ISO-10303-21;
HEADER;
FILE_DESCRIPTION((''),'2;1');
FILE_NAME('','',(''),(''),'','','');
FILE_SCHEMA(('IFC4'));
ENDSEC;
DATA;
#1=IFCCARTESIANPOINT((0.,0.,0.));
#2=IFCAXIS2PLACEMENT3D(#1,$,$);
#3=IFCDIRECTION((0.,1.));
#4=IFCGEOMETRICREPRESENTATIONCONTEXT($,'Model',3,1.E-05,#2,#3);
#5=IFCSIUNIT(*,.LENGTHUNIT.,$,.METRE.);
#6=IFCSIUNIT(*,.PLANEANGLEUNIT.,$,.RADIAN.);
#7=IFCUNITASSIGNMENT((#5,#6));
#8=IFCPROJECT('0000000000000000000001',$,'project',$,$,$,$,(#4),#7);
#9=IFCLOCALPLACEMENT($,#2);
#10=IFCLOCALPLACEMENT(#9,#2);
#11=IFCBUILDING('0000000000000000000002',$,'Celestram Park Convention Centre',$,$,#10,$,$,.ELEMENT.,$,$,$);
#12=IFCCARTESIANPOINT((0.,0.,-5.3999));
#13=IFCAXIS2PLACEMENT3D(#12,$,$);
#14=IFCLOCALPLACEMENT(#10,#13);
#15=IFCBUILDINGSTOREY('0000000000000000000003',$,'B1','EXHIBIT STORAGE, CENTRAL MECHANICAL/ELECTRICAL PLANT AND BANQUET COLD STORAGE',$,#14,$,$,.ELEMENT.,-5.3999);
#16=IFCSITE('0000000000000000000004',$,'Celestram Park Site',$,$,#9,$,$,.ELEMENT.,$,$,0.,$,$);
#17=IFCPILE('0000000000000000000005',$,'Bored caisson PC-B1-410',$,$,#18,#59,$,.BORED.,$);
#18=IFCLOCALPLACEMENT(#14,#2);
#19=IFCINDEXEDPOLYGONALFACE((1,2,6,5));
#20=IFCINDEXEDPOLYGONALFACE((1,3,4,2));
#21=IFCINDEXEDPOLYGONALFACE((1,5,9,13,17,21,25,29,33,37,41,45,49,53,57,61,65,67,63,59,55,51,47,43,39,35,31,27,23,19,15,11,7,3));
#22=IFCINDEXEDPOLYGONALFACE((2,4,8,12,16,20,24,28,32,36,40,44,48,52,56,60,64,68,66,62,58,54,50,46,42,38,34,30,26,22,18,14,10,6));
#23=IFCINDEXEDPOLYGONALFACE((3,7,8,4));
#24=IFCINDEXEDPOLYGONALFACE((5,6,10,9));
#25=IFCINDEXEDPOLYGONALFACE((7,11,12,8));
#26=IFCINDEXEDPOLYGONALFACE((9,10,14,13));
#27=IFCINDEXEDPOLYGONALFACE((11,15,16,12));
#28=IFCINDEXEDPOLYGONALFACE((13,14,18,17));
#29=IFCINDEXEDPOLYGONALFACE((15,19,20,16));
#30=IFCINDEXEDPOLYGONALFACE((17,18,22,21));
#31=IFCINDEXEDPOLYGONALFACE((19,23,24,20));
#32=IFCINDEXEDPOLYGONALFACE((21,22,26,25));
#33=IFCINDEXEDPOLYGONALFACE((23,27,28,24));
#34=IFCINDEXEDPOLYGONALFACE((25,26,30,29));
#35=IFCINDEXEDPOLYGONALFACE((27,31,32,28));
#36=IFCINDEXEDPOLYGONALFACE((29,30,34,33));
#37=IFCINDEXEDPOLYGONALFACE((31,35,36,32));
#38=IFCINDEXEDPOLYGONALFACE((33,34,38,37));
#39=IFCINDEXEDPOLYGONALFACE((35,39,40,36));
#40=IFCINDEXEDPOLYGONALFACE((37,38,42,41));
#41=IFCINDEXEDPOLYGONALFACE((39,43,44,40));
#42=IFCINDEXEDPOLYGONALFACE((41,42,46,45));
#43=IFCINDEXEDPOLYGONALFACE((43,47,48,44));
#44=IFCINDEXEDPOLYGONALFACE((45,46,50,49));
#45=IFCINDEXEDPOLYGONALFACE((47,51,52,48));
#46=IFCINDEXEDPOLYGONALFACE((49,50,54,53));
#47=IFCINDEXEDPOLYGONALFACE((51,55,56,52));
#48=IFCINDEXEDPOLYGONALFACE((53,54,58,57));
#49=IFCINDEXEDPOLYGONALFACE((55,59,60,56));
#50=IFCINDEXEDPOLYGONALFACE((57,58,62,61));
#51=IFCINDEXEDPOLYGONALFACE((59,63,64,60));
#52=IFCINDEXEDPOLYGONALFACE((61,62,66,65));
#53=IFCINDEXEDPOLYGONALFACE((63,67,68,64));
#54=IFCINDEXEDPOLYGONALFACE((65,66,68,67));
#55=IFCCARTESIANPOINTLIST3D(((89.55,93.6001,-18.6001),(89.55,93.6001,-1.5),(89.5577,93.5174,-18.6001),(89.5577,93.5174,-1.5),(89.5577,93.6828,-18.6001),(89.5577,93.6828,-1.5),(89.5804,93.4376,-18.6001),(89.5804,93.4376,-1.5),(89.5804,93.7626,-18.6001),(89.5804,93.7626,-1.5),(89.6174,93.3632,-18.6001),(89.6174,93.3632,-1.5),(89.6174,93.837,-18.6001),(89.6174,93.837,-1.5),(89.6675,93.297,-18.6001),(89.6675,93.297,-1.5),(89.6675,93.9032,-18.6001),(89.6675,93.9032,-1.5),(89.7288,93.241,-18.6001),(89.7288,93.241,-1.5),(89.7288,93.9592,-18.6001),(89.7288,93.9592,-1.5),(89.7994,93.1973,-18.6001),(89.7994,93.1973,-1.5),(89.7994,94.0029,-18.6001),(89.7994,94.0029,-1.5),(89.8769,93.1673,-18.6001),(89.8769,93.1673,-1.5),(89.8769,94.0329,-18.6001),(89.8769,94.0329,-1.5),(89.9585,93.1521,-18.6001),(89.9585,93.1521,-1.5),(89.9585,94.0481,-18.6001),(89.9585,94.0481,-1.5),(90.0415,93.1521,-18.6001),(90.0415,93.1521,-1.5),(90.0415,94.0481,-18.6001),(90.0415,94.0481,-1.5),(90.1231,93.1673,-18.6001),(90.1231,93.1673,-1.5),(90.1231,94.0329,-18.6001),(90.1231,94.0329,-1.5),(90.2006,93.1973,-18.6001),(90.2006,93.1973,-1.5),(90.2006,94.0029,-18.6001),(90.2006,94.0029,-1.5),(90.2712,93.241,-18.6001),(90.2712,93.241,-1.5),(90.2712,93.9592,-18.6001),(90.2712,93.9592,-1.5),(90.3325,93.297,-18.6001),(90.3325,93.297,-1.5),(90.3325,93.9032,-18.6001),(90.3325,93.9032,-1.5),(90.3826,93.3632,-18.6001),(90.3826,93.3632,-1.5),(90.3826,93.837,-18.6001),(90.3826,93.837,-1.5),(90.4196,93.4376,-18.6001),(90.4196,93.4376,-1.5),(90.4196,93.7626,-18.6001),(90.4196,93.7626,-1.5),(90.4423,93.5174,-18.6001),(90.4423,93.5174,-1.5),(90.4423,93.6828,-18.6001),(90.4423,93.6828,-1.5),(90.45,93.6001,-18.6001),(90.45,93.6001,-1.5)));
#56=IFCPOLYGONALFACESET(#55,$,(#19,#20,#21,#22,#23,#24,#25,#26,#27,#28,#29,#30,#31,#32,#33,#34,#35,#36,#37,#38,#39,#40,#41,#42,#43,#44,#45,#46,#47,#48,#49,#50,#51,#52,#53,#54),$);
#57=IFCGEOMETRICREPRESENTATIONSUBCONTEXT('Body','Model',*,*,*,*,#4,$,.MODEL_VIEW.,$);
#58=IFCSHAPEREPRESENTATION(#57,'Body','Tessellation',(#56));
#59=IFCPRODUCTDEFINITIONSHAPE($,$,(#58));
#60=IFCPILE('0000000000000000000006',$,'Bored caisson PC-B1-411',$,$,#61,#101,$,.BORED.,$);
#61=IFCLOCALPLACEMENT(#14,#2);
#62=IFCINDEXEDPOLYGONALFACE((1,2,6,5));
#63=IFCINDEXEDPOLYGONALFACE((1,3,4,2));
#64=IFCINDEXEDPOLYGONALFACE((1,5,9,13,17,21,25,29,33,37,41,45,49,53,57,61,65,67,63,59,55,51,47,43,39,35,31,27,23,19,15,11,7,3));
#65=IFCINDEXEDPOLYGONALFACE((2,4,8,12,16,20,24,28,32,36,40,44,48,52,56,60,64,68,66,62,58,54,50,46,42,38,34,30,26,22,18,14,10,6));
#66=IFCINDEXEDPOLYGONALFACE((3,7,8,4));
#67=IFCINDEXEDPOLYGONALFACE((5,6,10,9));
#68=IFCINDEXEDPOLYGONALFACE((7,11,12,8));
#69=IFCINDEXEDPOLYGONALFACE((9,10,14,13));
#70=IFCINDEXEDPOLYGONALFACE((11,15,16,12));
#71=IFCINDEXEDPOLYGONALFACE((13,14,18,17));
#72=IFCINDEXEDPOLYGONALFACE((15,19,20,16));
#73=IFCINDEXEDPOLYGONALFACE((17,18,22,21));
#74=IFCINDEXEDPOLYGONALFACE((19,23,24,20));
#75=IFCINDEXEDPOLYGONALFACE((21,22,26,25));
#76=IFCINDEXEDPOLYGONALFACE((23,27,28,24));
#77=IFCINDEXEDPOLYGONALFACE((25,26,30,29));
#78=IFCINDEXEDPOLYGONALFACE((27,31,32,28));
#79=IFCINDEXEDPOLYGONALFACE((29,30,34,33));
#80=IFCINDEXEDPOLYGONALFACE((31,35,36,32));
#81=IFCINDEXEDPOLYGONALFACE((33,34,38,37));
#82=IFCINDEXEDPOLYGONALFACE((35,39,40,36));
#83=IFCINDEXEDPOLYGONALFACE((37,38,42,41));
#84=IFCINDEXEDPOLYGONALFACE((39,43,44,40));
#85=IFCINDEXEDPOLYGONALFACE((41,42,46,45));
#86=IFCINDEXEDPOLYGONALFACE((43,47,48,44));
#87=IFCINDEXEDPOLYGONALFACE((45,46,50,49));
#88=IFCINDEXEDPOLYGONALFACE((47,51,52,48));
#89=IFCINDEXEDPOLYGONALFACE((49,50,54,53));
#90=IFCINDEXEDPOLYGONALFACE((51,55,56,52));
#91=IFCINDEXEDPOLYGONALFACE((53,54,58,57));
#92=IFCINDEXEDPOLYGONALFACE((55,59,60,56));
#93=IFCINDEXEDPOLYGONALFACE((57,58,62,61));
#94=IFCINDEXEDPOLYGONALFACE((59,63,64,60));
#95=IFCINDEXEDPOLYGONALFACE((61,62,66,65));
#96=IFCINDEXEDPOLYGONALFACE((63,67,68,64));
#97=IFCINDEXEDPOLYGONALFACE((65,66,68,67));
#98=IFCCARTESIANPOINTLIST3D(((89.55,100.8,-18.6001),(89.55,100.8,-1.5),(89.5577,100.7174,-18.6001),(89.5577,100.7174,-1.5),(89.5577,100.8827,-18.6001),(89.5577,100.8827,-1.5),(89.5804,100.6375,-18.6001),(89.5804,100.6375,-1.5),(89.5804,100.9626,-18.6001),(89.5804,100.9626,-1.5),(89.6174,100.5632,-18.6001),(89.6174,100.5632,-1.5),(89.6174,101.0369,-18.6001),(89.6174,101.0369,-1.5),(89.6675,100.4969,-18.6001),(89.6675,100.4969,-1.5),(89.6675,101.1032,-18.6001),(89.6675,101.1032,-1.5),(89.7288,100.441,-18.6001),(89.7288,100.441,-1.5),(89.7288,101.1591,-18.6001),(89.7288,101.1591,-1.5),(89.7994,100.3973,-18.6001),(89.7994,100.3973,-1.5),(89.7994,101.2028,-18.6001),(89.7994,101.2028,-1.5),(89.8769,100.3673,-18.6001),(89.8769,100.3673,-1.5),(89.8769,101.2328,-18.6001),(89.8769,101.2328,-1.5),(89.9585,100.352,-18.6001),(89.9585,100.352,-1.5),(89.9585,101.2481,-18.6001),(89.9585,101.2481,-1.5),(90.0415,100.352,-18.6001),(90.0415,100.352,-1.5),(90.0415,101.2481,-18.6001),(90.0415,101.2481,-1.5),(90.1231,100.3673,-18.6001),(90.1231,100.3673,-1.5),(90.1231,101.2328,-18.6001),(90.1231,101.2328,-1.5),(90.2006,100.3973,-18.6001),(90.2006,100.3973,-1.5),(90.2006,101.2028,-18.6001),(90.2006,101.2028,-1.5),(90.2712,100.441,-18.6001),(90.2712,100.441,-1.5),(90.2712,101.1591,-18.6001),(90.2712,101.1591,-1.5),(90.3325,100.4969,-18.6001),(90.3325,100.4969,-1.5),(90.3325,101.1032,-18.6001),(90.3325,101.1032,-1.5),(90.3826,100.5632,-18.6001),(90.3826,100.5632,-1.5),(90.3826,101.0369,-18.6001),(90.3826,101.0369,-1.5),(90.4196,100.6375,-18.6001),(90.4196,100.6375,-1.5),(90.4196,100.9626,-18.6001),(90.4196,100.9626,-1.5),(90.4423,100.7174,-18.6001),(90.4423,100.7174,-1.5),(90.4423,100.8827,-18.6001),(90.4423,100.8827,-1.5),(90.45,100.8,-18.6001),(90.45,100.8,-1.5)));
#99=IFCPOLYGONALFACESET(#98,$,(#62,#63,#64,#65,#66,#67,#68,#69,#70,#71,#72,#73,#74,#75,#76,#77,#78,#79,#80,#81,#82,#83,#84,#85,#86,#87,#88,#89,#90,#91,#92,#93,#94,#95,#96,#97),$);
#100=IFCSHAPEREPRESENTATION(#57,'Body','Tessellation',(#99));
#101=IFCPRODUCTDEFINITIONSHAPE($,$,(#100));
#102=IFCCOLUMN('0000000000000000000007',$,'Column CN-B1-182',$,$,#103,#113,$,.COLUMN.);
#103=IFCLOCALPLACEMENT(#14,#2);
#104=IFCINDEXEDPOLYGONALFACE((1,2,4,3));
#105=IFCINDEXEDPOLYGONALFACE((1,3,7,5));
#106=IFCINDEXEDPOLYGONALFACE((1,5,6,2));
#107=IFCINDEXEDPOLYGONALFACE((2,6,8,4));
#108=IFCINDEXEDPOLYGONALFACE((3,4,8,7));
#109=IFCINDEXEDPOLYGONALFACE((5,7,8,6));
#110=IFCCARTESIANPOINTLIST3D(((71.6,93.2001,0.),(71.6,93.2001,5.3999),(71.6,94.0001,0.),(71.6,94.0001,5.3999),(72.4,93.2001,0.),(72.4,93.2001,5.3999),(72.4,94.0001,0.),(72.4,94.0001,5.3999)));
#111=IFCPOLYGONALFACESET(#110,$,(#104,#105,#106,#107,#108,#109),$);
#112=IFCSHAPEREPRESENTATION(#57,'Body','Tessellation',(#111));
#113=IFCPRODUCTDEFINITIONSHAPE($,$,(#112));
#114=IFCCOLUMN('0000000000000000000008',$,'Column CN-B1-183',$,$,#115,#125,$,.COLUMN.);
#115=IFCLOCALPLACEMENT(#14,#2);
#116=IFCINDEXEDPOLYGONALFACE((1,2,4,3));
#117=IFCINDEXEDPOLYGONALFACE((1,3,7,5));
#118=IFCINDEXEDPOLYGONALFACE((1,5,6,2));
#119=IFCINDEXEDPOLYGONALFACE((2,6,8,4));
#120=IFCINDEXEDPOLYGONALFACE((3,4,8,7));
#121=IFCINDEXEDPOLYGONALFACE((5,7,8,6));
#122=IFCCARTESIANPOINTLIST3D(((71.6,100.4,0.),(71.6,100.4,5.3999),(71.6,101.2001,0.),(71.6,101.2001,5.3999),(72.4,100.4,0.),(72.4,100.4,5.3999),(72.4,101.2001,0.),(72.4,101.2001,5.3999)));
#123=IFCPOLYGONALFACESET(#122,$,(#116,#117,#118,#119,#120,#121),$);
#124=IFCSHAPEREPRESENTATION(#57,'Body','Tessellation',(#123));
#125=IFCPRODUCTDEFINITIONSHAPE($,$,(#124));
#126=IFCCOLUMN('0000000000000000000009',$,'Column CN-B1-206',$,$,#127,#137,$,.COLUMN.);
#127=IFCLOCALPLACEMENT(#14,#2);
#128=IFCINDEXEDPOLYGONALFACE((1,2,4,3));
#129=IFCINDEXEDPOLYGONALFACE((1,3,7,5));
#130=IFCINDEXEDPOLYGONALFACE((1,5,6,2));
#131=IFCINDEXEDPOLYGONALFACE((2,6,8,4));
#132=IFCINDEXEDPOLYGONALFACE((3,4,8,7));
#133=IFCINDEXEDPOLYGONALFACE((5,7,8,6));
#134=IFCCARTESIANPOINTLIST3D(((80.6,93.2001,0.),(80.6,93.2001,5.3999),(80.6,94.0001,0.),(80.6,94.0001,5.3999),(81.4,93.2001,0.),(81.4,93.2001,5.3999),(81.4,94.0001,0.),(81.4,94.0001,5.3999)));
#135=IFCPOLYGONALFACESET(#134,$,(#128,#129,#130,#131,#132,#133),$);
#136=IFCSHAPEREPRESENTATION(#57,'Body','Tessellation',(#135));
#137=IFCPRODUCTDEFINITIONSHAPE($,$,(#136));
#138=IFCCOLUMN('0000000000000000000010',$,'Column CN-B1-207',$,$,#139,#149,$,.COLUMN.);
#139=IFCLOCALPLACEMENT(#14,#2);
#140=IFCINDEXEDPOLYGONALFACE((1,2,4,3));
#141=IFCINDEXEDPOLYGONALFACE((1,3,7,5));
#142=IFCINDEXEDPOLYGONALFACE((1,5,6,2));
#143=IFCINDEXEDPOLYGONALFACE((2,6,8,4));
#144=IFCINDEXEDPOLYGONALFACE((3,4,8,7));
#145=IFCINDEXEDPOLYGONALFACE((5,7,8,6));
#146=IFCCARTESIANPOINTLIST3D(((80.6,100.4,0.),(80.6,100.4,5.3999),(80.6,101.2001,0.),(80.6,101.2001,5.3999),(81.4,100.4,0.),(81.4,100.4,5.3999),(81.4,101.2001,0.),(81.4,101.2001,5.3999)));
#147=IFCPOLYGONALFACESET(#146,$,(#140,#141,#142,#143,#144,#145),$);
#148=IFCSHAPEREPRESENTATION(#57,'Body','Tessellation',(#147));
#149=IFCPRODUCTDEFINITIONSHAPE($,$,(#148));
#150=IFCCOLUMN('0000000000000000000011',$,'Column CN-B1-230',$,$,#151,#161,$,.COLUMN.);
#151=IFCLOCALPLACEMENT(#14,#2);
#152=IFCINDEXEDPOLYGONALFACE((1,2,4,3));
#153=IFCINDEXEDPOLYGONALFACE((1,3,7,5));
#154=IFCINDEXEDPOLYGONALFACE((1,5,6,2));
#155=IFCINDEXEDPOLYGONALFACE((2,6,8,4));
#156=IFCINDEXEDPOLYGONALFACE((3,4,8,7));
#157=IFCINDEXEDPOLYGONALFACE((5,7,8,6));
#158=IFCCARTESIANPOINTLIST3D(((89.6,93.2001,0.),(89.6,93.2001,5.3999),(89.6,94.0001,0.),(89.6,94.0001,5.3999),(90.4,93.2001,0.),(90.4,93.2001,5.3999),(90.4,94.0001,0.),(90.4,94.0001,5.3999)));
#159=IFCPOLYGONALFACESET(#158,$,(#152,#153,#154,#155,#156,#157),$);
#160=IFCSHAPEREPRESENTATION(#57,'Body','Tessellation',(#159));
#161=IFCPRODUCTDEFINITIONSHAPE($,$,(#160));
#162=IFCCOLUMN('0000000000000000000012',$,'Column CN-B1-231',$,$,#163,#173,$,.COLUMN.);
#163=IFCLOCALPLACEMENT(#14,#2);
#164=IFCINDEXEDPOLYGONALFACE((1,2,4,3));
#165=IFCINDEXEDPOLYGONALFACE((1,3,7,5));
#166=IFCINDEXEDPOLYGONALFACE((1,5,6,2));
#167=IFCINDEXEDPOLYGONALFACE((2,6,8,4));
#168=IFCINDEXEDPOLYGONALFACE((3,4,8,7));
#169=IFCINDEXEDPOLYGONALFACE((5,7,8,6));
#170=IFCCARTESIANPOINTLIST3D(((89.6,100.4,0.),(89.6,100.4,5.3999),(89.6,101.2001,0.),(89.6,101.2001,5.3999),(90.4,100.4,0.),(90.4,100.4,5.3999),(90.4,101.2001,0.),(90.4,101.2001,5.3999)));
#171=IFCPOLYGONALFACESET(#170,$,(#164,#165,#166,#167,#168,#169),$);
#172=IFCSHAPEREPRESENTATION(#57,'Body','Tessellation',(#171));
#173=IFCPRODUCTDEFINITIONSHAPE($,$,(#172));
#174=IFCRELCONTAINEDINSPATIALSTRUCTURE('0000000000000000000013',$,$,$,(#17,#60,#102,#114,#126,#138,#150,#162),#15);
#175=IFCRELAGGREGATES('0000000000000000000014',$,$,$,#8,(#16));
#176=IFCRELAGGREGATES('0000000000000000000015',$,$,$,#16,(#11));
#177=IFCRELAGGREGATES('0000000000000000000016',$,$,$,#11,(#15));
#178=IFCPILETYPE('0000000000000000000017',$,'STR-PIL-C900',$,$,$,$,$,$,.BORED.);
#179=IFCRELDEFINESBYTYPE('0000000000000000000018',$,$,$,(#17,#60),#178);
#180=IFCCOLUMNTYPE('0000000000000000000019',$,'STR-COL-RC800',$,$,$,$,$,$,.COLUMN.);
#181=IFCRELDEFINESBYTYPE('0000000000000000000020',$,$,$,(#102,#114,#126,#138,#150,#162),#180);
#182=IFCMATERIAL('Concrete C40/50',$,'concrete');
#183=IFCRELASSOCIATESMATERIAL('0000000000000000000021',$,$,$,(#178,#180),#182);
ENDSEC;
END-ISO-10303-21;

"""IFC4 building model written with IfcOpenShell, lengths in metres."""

from ifc_helpers import new_model, si_unit, direction, frame, origin, origin_2d, place, context, subcontext, project, spatial, rectangle, circle, extrude, material, material_profile, profile_set, type_object, element, save


model = new_model("IFC4")

# Units and contexts
model_context = context("Model", 3, precision=1e-05, world=origin(), true_north=direction((0.0, 1.0)))
body_context = subcontext(model_context, "Body", "Model", "MODEL_VIEW")
ifc_project = project(units=[si_unit("LENGTHUNIT", "METRE"), si_unit("PLANEANGLEUNIT", "RADIAN")], contexts=[model_context])

# Site, building, storey
site_placement = place(None, origin())
site = spatial("IfcSite", under=ifc_project, at=site_placement, Name="Celestram Park Site", CompositionType="ELEMENT", RefElevation=0.0)
building_placement = place(site_placement, origin())
building = spatial("IfcBuilding", under=site, at=building_placement, Name="Celestram Park Convention Centre", CompositionType="ELEMENT")
storey_placement = place(building_placement, frame((0.0, 0.0, -5.3999)))
storey = spatial("IfcBuildingStorey", under=building, at=storey_placement, Name="B1", Description="EXHIBIT STORAGE, CENTRAL MECHANICAL/ELECTRICAL PLANT AND BANQUET COLD STORAGE", CompositionType="ELEMENT", Elevation=-5.3999)

# Shared definitions
ifc_material_1 = material(Name="Concrete C40/50", Category="concrete")

# Piles
ifc_material_profile_1 = material_profile(ifc_material_1, circle(Radius=0.45, at=origin_2d()), Name="CAISSON900")
ifc_profile_set_1 = profile_set([ifc_material_profile_1], Name="Concrete C40/50")
pile_type_1 = type_object("IfcPileType", Name="STR-PIL-C900", PredefinedType="BORED", material=ifc_profile_set_1)
for number, where, z_axis, x_axis, name in (
    (1, (90.0, 93.6001, -1.5), (0.0, 0.0, -1.0), (1.0, 0.0, 0.0), "Bored caisson PC-B1-410"),
    (2, (90.0, 100.8, -1.5), (0.0, 0.0, -1.0), (1.0, 0.0, 0.0), "Bored caisson PC-B1-411"),
):
    element("IfcPile", number, at=place(storey_placement, frame(where, z_axis=z_axis, x_axis=x_axis)), inside=storey, type_object=pile_type_1, Name=name, PredefinedType="BORED", context=body_context, shape_type="SweptSolid", body=[
        extrude(circle(Radius=0.45, at=origin_2d()), origin(), (0.0, 0.0, 1.0), 17.1001),
    ])

# Columns
ifc_material_profile_2 = material_profile(ifc_material_1, rectangle(XDim=0.8, YDim=0.8, at=origin_2d()), Name="RC800X800")
ifc_profile_set_2 = profile_set([ifc_material_profile_2], Name="Concrete C40/50")
column_type = type_object("IfcColumnType", Name="STR-COL-RC800", PredefinedType="COLUMN", material=ifc_profile_set_2)
for number, where, z_axis, x_axis, name in (
    (3, (72.0, 93.6001, 0.0), (0.0, 0.0, 1.0), (1.0, 0.0, 0.0), "Column CN-B1-182"),
    (4, (72.0, 100.8, 0.0), (0.0, 0.0, 1.0), (1.0, 0.0, 0.0), "Column CN-B1-183"),
    (5, (81.0, 93.6001, 0.0), (0.0, 0.0, 1.0), (1.0, 0.0, 0.0), "Column CN-B1-206"),
    (6, (81.0, 100.8, 0.0), (0.0, 0.0, 1.0), (1.0, 0.0, 0.0), "Column CN-B1-207"),
    (7, (90.0, 93.6001, 0.0), (0.0, 0.0, 1.0), (1.0, 0.0, 0.0), "Column CN-B1-230"),
    (8, (90.0, 100.8, 0.0), (0.0, 0.0, 1.0), (1.0, 0.0, 0.0), "Column CN-B1-231"),
):
    element("IfcColumn", number, at=place(storey_placement, frame(where, z_axis=z_axis, x_axis=x_axis)), inside=storey, type_object=column_type, Name=name, PredefinedType="COLUMN", context=body_context, shape_type="SweptSolid", body=[
        extrude(rectangle(XDim=0.8, YDim=0.8, at=origin_2d()), origin(), (0.0, 0.0, 1.0), 5.3999),
    ])

save(model, "model.ifc")
